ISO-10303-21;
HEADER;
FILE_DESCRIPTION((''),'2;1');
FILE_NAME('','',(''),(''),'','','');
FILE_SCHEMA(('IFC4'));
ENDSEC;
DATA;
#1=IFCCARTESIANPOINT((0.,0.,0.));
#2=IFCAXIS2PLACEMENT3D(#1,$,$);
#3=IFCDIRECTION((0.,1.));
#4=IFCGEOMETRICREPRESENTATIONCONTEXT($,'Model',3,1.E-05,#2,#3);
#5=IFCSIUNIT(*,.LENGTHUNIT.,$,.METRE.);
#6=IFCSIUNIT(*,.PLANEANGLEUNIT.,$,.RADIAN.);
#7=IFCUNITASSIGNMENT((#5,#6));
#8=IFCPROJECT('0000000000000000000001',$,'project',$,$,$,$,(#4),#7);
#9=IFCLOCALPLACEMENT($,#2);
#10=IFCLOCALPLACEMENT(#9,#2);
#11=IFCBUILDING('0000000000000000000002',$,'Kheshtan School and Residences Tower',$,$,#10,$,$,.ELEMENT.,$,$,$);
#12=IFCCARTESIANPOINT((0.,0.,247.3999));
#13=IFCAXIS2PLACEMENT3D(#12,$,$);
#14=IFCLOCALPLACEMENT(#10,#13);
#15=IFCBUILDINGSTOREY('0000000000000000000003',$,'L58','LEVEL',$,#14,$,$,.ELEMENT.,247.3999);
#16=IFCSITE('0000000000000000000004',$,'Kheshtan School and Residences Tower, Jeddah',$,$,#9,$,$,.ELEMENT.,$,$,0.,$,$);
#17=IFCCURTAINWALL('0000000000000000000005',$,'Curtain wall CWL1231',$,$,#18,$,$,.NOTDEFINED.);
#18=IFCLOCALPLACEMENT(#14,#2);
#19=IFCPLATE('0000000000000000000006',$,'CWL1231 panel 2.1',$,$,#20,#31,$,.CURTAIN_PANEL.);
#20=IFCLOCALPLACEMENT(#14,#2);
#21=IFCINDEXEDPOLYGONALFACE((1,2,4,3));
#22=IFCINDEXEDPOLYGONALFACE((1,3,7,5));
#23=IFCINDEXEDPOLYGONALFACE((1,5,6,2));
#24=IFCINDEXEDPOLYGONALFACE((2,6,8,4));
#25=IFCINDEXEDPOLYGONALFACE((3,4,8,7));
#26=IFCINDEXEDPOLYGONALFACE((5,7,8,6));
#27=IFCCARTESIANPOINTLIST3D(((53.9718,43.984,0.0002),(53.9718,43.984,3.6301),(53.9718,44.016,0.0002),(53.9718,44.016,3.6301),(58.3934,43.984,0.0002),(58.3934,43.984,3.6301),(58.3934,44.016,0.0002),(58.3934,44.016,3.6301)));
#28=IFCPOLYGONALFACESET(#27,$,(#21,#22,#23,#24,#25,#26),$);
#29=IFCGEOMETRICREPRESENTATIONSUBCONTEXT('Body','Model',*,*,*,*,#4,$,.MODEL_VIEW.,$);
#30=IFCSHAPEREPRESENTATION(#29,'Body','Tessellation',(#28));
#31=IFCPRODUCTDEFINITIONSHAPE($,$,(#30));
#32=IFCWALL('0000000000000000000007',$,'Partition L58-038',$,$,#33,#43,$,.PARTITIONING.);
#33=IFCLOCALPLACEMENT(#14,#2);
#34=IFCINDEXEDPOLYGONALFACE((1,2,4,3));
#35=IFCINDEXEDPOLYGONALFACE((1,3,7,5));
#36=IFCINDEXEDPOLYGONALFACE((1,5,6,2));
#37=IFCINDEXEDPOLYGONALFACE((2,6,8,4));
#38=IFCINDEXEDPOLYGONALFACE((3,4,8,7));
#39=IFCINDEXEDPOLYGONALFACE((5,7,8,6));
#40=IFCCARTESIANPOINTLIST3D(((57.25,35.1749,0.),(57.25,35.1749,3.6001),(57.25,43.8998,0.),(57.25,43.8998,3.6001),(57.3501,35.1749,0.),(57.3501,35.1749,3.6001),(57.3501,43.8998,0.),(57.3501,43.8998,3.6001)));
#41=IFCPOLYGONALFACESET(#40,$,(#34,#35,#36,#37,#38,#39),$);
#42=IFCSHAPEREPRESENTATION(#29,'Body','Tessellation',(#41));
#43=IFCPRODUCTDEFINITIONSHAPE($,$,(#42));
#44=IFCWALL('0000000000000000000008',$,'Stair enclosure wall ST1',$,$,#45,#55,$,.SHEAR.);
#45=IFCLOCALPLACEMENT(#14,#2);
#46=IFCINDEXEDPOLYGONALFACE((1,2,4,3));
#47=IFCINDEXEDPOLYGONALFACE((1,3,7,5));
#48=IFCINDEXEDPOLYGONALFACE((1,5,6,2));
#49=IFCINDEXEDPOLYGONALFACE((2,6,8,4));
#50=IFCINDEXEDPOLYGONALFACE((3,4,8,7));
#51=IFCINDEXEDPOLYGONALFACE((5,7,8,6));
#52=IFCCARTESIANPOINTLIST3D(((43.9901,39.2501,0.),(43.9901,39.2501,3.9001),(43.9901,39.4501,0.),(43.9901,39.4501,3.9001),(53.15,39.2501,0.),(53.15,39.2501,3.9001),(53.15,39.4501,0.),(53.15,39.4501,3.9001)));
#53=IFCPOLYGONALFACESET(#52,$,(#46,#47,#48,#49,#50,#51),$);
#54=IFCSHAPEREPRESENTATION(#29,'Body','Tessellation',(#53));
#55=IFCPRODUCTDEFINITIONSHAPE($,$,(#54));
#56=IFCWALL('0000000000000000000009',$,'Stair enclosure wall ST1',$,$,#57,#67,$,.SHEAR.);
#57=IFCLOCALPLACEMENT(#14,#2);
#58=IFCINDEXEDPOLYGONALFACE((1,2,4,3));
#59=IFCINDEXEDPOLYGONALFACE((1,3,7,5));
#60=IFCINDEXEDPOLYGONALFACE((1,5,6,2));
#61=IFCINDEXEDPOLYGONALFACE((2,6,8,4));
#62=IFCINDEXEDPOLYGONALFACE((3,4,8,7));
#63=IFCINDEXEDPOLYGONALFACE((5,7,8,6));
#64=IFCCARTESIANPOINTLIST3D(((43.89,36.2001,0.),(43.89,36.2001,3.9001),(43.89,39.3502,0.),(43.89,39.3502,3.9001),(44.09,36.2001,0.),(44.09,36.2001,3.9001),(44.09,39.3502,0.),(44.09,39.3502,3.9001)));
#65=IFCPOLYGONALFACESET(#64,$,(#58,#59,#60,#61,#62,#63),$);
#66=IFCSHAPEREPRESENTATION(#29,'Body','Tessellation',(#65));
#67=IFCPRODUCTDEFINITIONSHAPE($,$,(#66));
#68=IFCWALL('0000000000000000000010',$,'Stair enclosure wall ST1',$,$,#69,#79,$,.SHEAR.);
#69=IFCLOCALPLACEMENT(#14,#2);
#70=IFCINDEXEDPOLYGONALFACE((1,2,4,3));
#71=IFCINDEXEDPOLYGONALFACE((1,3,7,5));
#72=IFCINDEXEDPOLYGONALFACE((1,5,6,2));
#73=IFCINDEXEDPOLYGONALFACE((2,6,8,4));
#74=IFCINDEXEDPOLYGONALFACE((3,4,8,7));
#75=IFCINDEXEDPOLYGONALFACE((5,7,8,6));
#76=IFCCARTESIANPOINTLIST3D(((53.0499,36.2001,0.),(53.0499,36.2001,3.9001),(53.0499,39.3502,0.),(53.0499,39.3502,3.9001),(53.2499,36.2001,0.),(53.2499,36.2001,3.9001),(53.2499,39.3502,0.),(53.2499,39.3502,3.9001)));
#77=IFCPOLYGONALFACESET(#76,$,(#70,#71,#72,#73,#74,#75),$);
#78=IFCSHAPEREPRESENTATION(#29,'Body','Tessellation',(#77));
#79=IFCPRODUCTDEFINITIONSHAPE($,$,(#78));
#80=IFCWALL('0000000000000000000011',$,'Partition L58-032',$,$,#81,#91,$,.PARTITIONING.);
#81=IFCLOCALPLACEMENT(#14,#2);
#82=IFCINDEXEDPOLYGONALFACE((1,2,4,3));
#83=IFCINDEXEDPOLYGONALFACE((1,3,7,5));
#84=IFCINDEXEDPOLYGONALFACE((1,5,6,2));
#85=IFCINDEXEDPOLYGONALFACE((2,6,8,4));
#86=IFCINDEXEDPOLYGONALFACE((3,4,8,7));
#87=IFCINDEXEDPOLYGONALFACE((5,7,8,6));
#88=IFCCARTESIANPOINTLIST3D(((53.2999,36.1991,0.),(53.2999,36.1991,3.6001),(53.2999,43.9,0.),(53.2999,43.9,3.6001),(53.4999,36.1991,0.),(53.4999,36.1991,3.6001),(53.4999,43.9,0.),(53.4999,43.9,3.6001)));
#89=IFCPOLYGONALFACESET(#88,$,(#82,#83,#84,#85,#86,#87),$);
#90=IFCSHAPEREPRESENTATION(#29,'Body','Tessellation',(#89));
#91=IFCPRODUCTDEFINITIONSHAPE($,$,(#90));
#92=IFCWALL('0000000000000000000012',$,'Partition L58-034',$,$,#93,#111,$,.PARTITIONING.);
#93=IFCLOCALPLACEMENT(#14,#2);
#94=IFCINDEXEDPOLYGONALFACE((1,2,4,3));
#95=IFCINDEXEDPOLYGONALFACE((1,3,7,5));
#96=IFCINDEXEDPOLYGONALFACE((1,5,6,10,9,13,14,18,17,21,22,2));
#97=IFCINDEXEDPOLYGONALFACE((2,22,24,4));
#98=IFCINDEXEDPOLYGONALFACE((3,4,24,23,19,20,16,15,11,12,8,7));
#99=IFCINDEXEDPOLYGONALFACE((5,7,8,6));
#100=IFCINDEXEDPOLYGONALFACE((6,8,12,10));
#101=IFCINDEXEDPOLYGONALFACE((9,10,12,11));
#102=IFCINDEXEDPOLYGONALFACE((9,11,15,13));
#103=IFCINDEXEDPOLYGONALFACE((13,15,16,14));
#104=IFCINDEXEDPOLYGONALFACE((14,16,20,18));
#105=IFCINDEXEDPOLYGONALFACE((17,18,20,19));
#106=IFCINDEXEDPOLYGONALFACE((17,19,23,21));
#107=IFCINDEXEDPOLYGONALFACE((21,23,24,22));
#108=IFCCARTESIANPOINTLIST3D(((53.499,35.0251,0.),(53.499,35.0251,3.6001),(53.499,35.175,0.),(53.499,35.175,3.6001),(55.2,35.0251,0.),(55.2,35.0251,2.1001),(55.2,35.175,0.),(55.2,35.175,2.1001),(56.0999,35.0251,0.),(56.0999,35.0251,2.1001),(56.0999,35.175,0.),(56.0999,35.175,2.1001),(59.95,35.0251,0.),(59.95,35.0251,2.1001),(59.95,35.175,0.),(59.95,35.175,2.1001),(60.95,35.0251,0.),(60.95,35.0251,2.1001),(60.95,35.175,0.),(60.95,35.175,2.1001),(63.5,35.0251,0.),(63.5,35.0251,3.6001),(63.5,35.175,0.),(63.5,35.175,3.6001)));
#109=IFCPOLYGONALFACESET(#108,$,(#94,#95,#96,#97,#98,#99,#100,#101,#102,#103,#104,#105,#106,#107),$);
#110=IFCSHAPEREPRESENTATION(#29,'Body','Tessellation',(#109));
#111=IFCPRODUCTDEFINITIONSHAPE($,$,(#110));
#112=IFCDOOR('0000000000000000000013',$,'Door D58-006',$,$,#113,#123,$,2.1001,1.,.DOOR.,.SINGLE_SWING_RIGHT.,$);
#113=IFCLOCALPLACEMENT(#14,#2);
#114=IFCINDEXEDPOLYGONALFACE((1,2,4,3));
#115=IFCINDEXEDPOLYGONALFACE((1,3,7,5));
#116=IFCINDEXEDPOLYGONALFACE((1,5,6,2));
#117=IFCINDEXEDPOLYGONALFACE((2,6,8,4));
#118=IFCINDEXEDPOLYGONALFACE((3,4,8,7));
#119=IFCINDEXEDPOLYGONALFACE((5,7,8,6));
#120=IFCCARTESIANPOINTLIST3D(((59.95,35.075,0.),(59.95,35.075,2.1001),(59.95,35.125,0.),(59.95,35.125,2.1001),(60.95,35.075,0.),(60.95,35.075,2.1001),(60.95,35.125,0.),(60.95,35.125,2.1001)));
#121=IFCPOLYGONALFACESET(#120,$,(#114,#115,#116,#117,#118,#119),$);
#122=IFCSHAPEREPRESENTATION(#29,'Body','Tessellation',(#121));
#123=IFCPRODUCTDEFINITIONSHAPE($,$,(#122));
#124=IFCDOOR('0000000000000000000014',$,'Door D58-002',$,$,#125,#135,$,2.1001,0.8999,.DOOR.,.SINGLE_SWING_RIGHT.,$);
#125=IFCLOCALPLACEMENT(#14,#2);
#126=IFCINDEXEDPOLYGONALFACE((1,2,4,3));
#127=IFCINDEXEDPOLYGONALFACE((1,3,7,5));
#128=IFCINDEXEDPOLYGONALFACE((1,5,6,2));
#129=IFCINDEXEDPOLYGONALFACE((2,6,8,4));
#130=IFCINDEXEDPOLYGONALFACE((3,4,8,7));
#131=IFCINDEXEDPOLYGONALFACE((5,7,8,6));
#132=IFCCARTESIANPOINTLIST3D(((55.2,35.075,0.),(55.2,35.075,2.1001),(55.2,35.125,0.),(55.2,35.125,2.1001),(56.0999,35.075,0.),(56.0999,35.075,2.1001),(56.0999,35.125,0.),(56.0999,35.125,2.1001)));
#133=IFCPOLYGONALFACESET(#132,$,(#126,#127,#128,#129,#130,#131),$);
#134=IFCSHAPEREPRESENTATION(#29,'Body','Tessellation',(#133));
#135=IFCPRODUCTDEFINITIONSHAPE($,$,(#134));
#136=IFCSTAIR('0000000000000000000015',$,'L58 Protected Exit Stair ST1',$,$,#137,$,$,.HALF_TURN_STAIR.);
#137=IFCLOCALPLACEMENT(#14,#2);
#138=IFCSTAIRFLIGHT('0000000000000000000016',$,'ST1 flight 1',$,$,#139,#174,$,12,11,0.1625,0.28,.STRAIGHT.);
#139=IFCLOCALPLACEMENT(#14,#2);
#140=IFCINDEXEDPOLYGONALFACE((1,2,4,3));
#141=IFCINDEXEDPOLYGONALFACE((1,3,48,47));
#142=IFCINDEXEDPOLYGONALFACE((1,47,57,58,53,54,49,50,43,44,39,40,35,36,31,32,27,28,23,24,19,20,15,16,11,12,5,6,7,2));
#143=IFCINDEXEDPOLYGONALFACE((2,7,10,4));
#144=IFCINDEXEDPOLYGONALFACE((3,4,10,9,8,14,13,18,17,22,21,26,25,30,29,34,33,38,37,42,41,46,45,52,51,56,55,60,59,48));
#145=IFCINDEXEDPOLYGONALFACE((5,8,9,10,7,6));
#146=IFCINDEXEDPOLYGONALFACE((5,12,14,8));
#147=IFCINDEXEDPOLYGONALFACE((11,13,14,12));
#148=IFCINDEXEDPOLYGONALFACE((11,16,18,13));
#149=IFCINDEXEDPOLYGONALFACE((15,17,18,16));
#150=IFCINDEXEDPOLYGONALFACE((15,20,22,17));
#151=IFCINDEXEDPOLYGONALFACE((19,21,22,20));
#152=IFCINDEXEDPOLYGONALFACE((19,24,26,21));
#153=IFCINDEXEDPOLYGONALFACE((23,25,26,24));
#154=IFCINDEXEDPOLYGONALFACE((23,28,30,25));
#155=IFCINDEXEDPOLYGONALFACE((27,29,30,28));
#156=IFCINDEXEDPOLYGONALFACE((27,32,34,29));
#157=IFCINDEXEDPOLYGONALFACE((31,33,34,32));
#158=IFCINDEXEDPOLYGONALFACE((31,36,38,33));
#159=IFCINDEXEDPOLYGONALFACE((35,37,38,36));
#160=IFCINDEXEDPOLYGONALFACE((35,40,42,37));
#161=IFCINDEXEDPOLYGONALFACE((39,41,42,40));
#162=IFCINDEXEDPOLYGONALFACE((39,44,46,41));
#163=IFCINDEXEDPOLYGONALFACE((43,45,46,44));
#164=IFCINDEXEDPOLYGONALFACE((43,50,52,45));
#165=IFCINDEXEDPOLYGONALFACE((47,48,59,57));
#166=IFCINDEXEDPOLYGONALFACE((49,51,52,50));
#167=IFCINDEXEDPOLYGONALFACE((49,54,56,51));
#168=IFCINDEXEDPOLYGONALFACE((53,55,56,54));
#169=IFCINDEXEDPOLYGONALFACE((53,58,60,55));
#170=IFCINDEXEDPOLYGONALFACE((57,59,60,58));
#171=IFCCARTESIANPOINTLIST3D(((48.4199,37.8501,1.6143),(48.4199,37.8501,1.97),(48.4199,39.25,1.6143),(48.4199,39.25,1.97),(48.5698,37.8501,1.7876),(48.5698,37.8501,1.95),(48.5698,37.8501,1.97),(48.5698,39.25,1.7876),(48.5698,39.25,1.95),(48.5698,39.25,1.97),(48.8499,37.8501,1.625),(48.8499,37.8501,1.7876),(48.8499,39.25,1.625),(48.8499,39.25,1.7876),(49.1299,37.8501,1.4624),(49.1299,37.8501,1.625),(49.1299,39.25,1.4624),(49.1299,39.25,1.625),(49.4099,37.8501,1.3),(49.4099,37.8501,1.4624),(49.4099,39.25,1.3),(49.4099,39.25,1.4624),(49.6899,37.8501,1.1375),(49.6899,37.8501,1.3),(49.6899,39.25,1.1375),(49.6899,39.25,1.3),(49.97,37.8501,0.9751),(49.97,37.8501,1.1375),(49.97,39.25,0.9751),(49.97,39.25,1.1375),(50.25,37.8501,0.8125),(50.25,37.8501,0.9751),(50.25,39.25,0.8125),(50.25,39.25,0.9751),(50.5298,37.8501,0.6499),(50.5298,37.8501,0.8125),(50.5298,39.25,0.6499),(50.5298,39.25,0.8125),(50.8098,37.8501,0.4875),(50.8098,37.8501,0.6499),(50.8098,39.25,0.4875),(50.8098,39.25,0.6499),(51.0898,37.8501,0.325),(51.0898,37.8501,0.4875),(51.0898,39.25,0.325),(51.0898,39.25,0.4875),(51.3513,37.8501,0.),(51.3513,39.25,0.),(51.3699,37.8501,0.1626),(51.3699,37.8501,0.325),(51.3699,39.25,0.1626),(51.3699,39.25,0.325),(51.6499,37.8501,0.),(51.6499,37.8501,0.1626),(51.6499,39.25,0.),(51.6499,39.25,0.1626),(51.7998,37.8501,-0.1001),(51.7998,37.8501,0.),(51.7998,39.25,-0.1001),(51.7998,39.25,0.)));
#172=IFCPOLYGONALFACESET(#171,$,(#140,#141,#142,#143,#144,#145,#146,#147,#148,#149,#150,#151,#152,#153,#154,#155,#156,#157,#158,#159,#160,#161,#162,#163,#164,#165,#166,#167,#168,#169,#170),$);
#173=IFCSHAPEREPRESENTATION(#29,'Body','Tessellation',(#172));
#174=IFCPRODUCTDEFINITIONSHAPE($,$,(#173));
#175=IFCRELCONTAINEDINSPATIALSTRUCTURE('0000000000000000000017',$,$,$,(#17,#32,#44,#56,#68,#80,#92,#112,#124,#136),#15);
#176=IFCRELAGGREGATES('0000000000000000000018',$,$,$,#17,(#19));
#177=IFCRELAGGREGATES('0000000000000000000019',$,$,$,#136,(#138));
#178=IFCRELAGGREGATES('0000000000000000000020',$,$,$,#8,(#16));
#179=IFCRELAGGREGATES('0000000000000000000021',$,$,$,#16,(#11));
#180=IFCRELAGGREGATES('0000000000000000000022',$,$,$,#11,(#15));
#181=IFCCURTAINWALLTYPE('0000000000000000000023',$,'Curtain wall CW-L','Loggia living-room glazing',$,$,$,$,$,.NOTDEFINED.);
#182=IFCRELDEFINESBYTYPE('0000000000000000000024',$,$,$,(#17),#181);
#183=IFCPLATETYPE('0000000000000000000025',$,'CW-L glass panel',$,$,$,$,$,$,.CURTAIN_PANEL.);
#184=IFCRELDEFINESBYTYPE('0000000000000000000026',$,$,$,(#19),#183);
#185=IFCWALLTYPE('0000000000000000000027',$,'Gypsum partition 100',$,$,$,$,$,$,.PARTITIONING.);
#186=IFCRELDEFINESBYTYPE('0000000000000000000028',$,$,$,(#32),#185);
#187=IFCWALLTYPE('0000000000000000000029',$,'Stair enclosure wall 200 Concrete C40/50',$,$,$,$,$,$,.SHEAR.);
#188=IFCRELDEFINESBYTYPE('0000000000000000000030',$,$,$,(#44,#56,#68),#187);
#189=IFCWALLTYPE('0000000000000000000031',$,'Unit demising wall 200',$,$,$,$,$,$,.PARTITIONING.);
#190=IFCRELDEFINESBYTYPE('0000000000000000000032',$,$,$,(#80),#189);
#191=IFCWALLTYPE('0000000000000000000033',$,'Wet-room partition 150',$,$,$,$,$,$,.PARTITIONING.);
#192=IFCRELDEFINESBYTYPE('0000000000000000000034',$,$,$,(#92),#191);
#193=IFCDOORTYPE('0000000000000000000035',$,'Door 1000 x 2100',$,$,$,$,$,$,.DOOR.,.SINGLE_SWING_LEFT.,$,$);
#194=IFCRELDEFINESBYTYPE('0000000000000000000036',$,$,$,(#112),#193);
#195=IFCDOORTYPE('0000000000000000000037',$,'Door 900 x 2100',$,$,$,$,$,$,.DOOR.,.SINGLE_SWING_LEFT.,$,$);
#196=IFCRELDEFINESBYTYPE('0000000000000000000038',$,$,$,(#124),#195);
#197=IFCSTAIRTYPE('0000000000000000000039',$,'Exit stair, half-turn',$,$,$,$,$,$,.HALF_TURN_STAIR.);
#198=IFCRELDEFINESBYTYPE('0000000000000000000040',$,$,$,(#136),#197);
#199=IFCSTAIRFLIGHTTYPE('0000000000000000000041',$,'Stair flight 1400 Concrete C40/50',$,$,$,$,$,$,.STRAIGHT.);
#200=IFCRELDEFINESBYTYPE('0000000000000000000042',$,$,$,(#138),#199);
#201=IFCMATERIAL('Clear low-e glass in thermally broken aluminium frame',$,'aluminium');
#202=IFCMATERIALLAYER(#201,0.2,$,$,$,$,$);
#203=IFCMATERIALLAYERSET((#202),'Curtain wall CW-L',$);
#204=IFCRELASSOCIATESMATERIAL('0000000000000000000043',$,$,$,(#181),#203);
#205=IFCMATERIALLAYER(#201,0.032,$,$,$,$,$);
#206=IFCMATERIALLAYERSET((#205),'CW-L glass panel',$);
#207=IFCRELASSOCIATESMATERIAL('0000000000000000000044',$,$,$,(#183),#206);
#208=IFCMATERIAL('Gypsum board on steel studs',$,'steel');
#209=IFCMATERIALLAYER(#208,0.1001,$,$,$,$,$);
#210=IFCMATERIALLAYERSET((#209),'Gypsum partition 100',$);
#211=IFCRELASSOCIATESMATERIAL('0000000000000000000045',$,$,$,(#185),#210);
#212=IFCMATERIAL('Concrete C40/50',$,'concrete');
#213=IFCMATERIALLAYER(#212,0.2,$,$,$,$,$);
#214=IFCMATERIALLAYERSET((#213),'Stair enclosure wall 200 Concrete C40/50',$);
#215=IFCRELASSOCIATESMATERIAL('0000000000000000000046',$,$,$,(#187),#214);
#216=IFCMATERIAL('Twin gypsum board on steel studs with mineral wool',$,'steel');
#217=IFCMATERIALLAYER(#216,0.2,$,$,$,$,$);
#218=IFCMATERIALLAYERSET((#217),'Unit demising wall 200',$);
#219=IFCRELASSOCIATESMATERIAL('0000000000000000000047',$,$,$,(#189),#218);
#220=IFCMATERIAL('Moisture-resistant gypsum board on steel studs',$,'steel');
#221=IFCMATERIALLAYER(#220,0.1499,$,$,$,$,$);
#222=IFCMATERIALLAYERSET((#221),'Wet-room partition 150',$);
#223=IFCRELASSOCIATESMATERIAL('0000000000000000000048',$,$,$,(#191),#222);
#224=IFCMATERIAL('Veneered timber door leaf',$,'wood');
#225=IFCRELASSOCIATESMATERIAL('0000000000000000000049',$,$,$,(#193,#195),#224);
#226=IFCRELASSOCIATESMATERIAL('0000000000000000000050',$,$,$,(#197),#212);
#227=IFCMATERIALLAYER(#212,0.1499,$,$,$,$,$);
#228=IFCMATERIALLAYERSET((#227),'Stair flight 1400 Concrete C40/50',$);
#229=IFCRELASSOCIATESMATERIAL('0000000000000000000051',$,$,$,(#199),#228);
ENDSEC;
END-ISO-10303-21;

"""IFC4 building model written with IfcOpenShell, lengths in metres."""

from ifc_helpers import new_model, si_unit, direction, frame, frame_2d, origin, origin_2d, place, context, subcontext, project, spatial, polyline, rectangle, outline, extrude, source, transform, mapped, material, layer, layer_set, type_object, element, fill, aggregate, save


model = new_model("IFC4")

# Units and contexts
model_context = context("Model", 3, precision=1e-05, world=origin(), true_north=direction((0.0, 1.0)))
body_context = subcontext(model_context, "Body", "Model", "MODEL_VIEW")
ifc_project = project(units=[si_unit("LENGTHUNIT", "METRE"), si_unit("PLANEANGLEUNIT", "RADIAN")], contexts=[model_context])

# Site, building, storey
site_placement = place(None, origin())
site = spatial("IfcSite", under=ifc_project, at=site_placement, Name="Kheshtan School and Residences Tower, Jeddah", CompositionType="ELEMENT", RefElevation=0.0)
building_placement = place(site_placement, origin())
building = spatial("IfcBuilding", under=site, at=building_placement, Name="Kheshtan School and Residences Tower", CompositionType="ELEMENT")
storey_placement = place(building_placement, frame((0.0, 0.0, 247.3999)))
storey = spatial("IfcBuildingStorey", under=building, at=storey_placement, Name="L58", Description="LEVEL", CompositionType="ELEMENT", Elevation=247.3999)

# Curtain wall, plate
ifc_material_1 = material(Name="Clear low-e glass in thermally broken aluminium frame", Category="aluminium")
ifc_layer_1 = layer(ifc_material_1, 0.2)
ifc_layer_set_1 = layer_set([ifc_layer_1], Name="Curtain wall CW-L")
curtain_wall_type = type_object("IfcCurtainWallType", Name="Curtain wall CW-L", Description="Loggia living-room glazing", PredefinedType="NOTDEFINED", material=ifc_layer_set_1)
curtain_wall_placement = place(storey_placement, origin())
curtain_wall = element("IfcCurtainWall", 1, at=curtain_wall_placement, inside=storey, type_object=curtain_wall_type, Name="Curtain wall CWL1231", PredefinedType="NOTDEFINED")
ifc_layer_2 = layer(ifc_material_1, 0.032)
ifc_layer_set_2 = layer_set([ifc_layer_2], Name="CW-L glass panel")
plate_type = type_object("IfcPlateType", Name="CW-L glass panel", PredefinedType="CURTAIN_PANEL", material=ifc_layer_set_2)
plate_1_placement = place(storey_placement, frame((56.1826, 44.0, 0.0002), z_axis=(0.0, 0.0, 1.0), x_axis=(1.0, 0.0, 0.0)))
plate_1 = element("IfcPlate", 2, at=plate_1_placement, type_object=plate_type, Name="CWL1231 panel 2.1", PredefinedType="CURTAIN_PANEL", context=body_context, shape_type="SweptSolid", body=[
    extrude(rectangle(XDim=4.4216, YDim=0.032, at=origin_2d()), origin(), (0.0, 0.0, 1.0), 3.6299),
])
aggregate(curtain_wall, [plate_1])

# Walls
ifc_material_2 = material(Name="Gypsum board on steel studs", Category="steel")
ifc_layer_3 = layer(ifc_material_2, 0.1001)
ifc_layer_set_3 = layer_set([ifc_layer_3], Name="Gypsum partition 100")
wall_type_1 = type_object("IfcWallType", Name="Gypsum partition 100", PredefinedType="PARTITIONING", material=ifc_layer_set_3)
wall_1_placement = place(storey_placement, frame((57.3, 35.175, 0.0), z_axis=(0.0, 0.0, 1.0), x_axis=(0.0, 1.0, 0.0)))
element("IfcWall", 3, at=wall_1_placement, inside=storey, type_object=wall_type_1, Name="Partition L58-038", PredefinedType="PARTITIONING", context=body_context, shape_type="SweptSolid", body=[
    extrude(rectangle(XDim=8.7249, YDim=0.1001, at=frame_2d((4.3623, 0.0))), origin(), (0.0, 0.0, 1.0), 3.6001),
])
ifc_material_3 = material(Name="Concrete C40/50", Category="concrete")
ifc_layer_4 = layer(ifc_material_3, 0.2)
ifc_layer_set_4 = layer_set([ifc_layer_4], Name="Stair enclosure wall 200 Concrete C40/50")
wall_type_2 = type_object("IfcWallType", Name="Stair enclosure wall 200 Concrete C40/50", PredefinedType="SHEAR", material=ifc_layer_set_4)
wall_2_placement = place(storey_placement, frame((43.99, 39.3501, 0.0), z_axis=(0.0, 0.0, 1.0), x_axis=(1.0, 0.0, 0.0)))
element("IfcWall", 4, at=wall_2_placement, inside=storey, type_object=wall_type_2, Name="Stair enclosure wall ST1", PredefinedType="SHEAR", context=body_context, shape_type="SweptSolid", body=[
    extrude(rectangle(XDim=9.1599, YDim=0.2, at=frame_2d((4.5801, 0.0))), origin(), (0.0, 0.0, 1.0), 3.9001),
])
for number, where, z_axis, x_axis, name in (
    (5, (43.99, 36.2, 0.0), (0.0, 0.0, 1.0), (0.0, 1.0, 0.0), "Stair enclosure wall ST1"),
    (6, (53.1499, 36.2, 0.0), (0.0, 0.0, 1.0), (0.0, 1.0, 0.0), "Stair enclosure wall ST1"),
):
    element("IfcWall", number, at=place(storey_placement, frame(where, z_axis=z_axis, x_axis=x_axis)), inside=storey, type_object=wall_type_2, Name=name, PredefinedType="SHEAR", context=body_context, shape_type="SweptSolid", body=[
        extrude(rectangle(XDim=3.1501, YDim=0.2, at=frame_2d((1.5752, 0.0))), origin(), (0.0, 0.0, 1.0), 3.9001),
    ])
ifc_material_4 = material(Name="Twin gypsum board on steel studs with mineral wool", Category="steel")
ifc_layer_5 = layer(ifc_material_4, 0.2)
ifc_layer_set_5 = layer_set([ifc_layer_5], Name="Unit demising wall 200")
wall_type_3 = type_object("IfcWallType", Name="Unit demising wall 200", PredefinedType="PARTITIONING", material=ifc_layer_set_5)
wall_3_placement = place(storey_placement, frame((53.3999, 36.199, 0.0), z_axis=(0.0, 0.0, 1.0), x_axis=(0.0, 1.0, 0.0)))
element("IfcWall", 7, at=wall_3_placement, inside=storey, type_object=wall_type_3, Name="Partition L58-032", PredefinedType="PARTITIONING", context=body_context, shape_type="SweptSolid", body=[
    extrude(rectangle(XDim=7.7009, YDim=0.2, at=frame_2d((3.8506, 0.0))), origin(), (0.0, 0.0, 1.0), 3.6001),
])

# Wall, openings, doors
ifc_material_5 = material(Name="Moisture-resistant gypsum board on steel studs", Category="steel")
ifc_layer_6 = layer(ifc_material_5, 0.1499)
ifc_layer_set_6 = layer_set([ifc_layer_6], Name="Wet-room partition 150")
wall_type_4 = type_object("IfcWallType", Name="Wet-room partition 150", PredefinedType="PARTITIONING", material=ifc_layer_set_6)
wall_4_placement = place(storey_placement, frame((53.499, 35.1001, 0.0), z_axis=(0.0, 0.0, 1.0), x_axis=(1.0, 0.0, 0.0)))
wall_4 = element("IfcWall", 8, at=wall_4_placement, inside=storey, type_object=wall_type_4, Name="Partition L58-034", PredefinedType="PARTITIONING", context=body_context, shape_type="SweptSolid", body=[
    extrude(rectangle(XDim=10.001, YDim=0.1499, at=frame_2d((5.0005, 0.0))), origin(), (0.0, 0.0, 1.0), 3.6001),
])
opening_1_placement = place(wall_4_placement, frame((1.7009, 0.0, 0.0)))
opening_1 = element("IfcOpeningElement", 9, at=opening_1_placement, cuts=wall_4, PredefinedType="OPENING", context=body_context, shape_type="SweptSolid", body=[
    extrude(rectangle(XDim=0.8999, YDim=2.1001, at=frame_2d((0.45, 1.05))), frame((0.0, 0.085, 0.0), z_axis=(0.0, -1.0, 0.0), x_axis=(1.0, 0.0, 0.0)), (0.0, 0.0, 1.0), 0.1699),
])
opening_2_placement = place(wall_4_placement, frame((6.4509, 0.0, 0.0)))
opening_2 = element("IfcOpeningElement", 10, at=opening_2_placement, cuts=wall_4, PredefinedType="OPENING", context=body_context, shape_type="SweptSolid", body=[
    extrude(rectangle(XDim=1.0, YDim=2.1001, at=frame_2d((0.5, 1.05))), frame((0.0, 0.085, 0.0), z_axis=(0.0, -1.0, 0.0), x_axis=(1.0, 0.0, 0.0)), (0.0, 0.0, 1.0), 0.1699),
])
ifc_material_6 = material(Name="Veneered timber door leaf", Category="wood")
door_type_1 = type_object("IfcDoorType", Name="Door 1000 x 2100", OperationType="SINGLE_SWING_LEFT", PredefinedType="DOOR", material=ifc_material_6)
shared_shape_1 = source(origin(), body_context, "Body", "SweptSolid", [
    extrude(rectangle(XDim=1.0, YDim=2.1001, at=frame_2d((0.5, 1.05))), frame((0.0, 0.0249, 0.0), z_axis=(0.0, -1.0, 0.0), x_axis=(1.0, 0.0, 0.0)), (0.0, 0.0, 1.0), 0.05),
])
door_1_placement = place(opening_2_placement, origin())
door_1 = element("IfcDoor", 11, at=door_1_placement, inside=storey, type_object=door_type_1, Name="Door D58-006", OperationType="SINGLE_SWING_RIGHT", OverallHeight=2.1001, OverallWidth=1.0, PredefinedType="DOOR", context=body_context, shape_type="MappedRepresentation", body=[
    mapped(shared_shape_1, transform((0.0, 0.0, 0.0), x_axis=(1.0, 0.0, 0.0), y_axis=(0.0, 1.0, 0.0), z_axis=(0.0, 0.0, 1.0), scale=1.0)),
])
fill(opening_2, door_1)
door_type_2 = type_object("IfcDoorType", Name="Door 900 x 2100", OperationType="SINGLE_SWING_LEFT", PredefinedType="DOOR", material=ifc_material_6)
shared_shape_2 = source(origin(), body_context, "Body", "SweptSolid", [
    extrude(rectangle(XDim=0.8999, YDim=2.1001, at=frame_2d((0.45, 1.05))), frame((0.0, 0.0249, 0.0), z_axis=(0.0, -1.0, 0.0), x_axis=(1.0, 0.0, 0.0)), (0.0, 0.0, 1.0), 0.05),
])
door_2_placement = place(opening_1_placement, origin())
door_2 = element("IfcDoor", 12, at=door_2_placement, inside=storey, type_object=door_type_2, Name="Door D58-002", OperationType="SINGLE_SWING_RIGHT", OverallHeight=2.1001, OverallWidth=0.8999, PredefinedType="DOOR", context=body_context, shape_type="MappedRepresentation", body=[
    mapped(shared_shape_2, transform((0.0, 0.0, 0.0), x_axis=(1.0, 0.0, 0.0), y_axis=(0.0, 1.0, 0.0), z_axis=(0.0, 0.0, 1.0), scale=1.0)),
])
fill(opening_1, door_2)

# Stair, stair flight
stair_type = type_object("IfcStairType", Name="Exit stair, half-turn", PredefinedType="HALF_TURN_STAIR", material=ifc_material_3)
stair_placement = place(storey_placement, origin())
stair = element("IfcStair", 13, at=stair_placement, inside=storey, type_object=stair_type, Name="L58 Protected Exit Stair ST1", PredefinedType="HALF_TURN_STAIR")
ifc_layer_7 = layer(ifc_material_3, 0.1499)
ifc_layer_set_7 = layer_set([ifc_layer_7], Name="Stair flight 1400 Concrete C40/50")
stair_flight_type = type_object("IfcStairFlightType", Name="Stair flight 1400 Concrete C40/50", PredefinedType="STRAIGHT", material=ifc_layer_set_7)
stair_flight_1_placement = place(storey_placement, frame((51.6499, 38.55, 0.0), z_axis=(0.0, 0.0, 1.0), x_axis=(-1.0, 0.0, 0.0)))
stair_flight_1 = element("IfcStairFlight", 14, at=stair_flight_1_placement, type_object=stair_flight_type, Name="ST1 flight 1", NumberOfRisers=12, NumberOfTreads=11, PredefinedType="STRAIGHT", RiserHeight=0.1625, TreadLength=0.28, context=body_context, shape_type="SweptSolid", body=[
    extrude(outline(polyline([(-0.1499, -0.1001), (-0.1499, 0.0), (0.0, 0.0), (0.0, 0.1626), (0.28, 0.1626), (0.28, 0.325), (0.5601, 0.325), (0.5601, 0.4875), (0.8401, 0.4875), (0.8401, 0.6499), (1.1201, 0.6499), (1.1201, 0.8125), (1.3999, 0.8125), (1.3999, 0.9751), (1.6799, 0.9751), (1.6799, 1.1375), (1.96, 1.1375), (1.96, 1.3), (2.24, 1.3), (2.24, 1.4624), (2.52, 1.4624), (2.52, 1.625), (2.8, 1.625), (2.8, 1.7876), (3.0801, 1.7876), (3.0801, 1.95), (3.0801, 1.97), (3.23, 1.97), (3.23, 1.6143), (0.2986, 0.0), (-0.1499, -0.1001)])), frame((0.0, 0.7, 0.0), z_axis=(0.0, -1.0, 0.0), x_axis=(1.0, 0.0, 0.0)), (0.0, 0.0, 1.0), 1.3999),
])
aggregate(stair, [stair_flight_1])

save(model, "model.ifc")
